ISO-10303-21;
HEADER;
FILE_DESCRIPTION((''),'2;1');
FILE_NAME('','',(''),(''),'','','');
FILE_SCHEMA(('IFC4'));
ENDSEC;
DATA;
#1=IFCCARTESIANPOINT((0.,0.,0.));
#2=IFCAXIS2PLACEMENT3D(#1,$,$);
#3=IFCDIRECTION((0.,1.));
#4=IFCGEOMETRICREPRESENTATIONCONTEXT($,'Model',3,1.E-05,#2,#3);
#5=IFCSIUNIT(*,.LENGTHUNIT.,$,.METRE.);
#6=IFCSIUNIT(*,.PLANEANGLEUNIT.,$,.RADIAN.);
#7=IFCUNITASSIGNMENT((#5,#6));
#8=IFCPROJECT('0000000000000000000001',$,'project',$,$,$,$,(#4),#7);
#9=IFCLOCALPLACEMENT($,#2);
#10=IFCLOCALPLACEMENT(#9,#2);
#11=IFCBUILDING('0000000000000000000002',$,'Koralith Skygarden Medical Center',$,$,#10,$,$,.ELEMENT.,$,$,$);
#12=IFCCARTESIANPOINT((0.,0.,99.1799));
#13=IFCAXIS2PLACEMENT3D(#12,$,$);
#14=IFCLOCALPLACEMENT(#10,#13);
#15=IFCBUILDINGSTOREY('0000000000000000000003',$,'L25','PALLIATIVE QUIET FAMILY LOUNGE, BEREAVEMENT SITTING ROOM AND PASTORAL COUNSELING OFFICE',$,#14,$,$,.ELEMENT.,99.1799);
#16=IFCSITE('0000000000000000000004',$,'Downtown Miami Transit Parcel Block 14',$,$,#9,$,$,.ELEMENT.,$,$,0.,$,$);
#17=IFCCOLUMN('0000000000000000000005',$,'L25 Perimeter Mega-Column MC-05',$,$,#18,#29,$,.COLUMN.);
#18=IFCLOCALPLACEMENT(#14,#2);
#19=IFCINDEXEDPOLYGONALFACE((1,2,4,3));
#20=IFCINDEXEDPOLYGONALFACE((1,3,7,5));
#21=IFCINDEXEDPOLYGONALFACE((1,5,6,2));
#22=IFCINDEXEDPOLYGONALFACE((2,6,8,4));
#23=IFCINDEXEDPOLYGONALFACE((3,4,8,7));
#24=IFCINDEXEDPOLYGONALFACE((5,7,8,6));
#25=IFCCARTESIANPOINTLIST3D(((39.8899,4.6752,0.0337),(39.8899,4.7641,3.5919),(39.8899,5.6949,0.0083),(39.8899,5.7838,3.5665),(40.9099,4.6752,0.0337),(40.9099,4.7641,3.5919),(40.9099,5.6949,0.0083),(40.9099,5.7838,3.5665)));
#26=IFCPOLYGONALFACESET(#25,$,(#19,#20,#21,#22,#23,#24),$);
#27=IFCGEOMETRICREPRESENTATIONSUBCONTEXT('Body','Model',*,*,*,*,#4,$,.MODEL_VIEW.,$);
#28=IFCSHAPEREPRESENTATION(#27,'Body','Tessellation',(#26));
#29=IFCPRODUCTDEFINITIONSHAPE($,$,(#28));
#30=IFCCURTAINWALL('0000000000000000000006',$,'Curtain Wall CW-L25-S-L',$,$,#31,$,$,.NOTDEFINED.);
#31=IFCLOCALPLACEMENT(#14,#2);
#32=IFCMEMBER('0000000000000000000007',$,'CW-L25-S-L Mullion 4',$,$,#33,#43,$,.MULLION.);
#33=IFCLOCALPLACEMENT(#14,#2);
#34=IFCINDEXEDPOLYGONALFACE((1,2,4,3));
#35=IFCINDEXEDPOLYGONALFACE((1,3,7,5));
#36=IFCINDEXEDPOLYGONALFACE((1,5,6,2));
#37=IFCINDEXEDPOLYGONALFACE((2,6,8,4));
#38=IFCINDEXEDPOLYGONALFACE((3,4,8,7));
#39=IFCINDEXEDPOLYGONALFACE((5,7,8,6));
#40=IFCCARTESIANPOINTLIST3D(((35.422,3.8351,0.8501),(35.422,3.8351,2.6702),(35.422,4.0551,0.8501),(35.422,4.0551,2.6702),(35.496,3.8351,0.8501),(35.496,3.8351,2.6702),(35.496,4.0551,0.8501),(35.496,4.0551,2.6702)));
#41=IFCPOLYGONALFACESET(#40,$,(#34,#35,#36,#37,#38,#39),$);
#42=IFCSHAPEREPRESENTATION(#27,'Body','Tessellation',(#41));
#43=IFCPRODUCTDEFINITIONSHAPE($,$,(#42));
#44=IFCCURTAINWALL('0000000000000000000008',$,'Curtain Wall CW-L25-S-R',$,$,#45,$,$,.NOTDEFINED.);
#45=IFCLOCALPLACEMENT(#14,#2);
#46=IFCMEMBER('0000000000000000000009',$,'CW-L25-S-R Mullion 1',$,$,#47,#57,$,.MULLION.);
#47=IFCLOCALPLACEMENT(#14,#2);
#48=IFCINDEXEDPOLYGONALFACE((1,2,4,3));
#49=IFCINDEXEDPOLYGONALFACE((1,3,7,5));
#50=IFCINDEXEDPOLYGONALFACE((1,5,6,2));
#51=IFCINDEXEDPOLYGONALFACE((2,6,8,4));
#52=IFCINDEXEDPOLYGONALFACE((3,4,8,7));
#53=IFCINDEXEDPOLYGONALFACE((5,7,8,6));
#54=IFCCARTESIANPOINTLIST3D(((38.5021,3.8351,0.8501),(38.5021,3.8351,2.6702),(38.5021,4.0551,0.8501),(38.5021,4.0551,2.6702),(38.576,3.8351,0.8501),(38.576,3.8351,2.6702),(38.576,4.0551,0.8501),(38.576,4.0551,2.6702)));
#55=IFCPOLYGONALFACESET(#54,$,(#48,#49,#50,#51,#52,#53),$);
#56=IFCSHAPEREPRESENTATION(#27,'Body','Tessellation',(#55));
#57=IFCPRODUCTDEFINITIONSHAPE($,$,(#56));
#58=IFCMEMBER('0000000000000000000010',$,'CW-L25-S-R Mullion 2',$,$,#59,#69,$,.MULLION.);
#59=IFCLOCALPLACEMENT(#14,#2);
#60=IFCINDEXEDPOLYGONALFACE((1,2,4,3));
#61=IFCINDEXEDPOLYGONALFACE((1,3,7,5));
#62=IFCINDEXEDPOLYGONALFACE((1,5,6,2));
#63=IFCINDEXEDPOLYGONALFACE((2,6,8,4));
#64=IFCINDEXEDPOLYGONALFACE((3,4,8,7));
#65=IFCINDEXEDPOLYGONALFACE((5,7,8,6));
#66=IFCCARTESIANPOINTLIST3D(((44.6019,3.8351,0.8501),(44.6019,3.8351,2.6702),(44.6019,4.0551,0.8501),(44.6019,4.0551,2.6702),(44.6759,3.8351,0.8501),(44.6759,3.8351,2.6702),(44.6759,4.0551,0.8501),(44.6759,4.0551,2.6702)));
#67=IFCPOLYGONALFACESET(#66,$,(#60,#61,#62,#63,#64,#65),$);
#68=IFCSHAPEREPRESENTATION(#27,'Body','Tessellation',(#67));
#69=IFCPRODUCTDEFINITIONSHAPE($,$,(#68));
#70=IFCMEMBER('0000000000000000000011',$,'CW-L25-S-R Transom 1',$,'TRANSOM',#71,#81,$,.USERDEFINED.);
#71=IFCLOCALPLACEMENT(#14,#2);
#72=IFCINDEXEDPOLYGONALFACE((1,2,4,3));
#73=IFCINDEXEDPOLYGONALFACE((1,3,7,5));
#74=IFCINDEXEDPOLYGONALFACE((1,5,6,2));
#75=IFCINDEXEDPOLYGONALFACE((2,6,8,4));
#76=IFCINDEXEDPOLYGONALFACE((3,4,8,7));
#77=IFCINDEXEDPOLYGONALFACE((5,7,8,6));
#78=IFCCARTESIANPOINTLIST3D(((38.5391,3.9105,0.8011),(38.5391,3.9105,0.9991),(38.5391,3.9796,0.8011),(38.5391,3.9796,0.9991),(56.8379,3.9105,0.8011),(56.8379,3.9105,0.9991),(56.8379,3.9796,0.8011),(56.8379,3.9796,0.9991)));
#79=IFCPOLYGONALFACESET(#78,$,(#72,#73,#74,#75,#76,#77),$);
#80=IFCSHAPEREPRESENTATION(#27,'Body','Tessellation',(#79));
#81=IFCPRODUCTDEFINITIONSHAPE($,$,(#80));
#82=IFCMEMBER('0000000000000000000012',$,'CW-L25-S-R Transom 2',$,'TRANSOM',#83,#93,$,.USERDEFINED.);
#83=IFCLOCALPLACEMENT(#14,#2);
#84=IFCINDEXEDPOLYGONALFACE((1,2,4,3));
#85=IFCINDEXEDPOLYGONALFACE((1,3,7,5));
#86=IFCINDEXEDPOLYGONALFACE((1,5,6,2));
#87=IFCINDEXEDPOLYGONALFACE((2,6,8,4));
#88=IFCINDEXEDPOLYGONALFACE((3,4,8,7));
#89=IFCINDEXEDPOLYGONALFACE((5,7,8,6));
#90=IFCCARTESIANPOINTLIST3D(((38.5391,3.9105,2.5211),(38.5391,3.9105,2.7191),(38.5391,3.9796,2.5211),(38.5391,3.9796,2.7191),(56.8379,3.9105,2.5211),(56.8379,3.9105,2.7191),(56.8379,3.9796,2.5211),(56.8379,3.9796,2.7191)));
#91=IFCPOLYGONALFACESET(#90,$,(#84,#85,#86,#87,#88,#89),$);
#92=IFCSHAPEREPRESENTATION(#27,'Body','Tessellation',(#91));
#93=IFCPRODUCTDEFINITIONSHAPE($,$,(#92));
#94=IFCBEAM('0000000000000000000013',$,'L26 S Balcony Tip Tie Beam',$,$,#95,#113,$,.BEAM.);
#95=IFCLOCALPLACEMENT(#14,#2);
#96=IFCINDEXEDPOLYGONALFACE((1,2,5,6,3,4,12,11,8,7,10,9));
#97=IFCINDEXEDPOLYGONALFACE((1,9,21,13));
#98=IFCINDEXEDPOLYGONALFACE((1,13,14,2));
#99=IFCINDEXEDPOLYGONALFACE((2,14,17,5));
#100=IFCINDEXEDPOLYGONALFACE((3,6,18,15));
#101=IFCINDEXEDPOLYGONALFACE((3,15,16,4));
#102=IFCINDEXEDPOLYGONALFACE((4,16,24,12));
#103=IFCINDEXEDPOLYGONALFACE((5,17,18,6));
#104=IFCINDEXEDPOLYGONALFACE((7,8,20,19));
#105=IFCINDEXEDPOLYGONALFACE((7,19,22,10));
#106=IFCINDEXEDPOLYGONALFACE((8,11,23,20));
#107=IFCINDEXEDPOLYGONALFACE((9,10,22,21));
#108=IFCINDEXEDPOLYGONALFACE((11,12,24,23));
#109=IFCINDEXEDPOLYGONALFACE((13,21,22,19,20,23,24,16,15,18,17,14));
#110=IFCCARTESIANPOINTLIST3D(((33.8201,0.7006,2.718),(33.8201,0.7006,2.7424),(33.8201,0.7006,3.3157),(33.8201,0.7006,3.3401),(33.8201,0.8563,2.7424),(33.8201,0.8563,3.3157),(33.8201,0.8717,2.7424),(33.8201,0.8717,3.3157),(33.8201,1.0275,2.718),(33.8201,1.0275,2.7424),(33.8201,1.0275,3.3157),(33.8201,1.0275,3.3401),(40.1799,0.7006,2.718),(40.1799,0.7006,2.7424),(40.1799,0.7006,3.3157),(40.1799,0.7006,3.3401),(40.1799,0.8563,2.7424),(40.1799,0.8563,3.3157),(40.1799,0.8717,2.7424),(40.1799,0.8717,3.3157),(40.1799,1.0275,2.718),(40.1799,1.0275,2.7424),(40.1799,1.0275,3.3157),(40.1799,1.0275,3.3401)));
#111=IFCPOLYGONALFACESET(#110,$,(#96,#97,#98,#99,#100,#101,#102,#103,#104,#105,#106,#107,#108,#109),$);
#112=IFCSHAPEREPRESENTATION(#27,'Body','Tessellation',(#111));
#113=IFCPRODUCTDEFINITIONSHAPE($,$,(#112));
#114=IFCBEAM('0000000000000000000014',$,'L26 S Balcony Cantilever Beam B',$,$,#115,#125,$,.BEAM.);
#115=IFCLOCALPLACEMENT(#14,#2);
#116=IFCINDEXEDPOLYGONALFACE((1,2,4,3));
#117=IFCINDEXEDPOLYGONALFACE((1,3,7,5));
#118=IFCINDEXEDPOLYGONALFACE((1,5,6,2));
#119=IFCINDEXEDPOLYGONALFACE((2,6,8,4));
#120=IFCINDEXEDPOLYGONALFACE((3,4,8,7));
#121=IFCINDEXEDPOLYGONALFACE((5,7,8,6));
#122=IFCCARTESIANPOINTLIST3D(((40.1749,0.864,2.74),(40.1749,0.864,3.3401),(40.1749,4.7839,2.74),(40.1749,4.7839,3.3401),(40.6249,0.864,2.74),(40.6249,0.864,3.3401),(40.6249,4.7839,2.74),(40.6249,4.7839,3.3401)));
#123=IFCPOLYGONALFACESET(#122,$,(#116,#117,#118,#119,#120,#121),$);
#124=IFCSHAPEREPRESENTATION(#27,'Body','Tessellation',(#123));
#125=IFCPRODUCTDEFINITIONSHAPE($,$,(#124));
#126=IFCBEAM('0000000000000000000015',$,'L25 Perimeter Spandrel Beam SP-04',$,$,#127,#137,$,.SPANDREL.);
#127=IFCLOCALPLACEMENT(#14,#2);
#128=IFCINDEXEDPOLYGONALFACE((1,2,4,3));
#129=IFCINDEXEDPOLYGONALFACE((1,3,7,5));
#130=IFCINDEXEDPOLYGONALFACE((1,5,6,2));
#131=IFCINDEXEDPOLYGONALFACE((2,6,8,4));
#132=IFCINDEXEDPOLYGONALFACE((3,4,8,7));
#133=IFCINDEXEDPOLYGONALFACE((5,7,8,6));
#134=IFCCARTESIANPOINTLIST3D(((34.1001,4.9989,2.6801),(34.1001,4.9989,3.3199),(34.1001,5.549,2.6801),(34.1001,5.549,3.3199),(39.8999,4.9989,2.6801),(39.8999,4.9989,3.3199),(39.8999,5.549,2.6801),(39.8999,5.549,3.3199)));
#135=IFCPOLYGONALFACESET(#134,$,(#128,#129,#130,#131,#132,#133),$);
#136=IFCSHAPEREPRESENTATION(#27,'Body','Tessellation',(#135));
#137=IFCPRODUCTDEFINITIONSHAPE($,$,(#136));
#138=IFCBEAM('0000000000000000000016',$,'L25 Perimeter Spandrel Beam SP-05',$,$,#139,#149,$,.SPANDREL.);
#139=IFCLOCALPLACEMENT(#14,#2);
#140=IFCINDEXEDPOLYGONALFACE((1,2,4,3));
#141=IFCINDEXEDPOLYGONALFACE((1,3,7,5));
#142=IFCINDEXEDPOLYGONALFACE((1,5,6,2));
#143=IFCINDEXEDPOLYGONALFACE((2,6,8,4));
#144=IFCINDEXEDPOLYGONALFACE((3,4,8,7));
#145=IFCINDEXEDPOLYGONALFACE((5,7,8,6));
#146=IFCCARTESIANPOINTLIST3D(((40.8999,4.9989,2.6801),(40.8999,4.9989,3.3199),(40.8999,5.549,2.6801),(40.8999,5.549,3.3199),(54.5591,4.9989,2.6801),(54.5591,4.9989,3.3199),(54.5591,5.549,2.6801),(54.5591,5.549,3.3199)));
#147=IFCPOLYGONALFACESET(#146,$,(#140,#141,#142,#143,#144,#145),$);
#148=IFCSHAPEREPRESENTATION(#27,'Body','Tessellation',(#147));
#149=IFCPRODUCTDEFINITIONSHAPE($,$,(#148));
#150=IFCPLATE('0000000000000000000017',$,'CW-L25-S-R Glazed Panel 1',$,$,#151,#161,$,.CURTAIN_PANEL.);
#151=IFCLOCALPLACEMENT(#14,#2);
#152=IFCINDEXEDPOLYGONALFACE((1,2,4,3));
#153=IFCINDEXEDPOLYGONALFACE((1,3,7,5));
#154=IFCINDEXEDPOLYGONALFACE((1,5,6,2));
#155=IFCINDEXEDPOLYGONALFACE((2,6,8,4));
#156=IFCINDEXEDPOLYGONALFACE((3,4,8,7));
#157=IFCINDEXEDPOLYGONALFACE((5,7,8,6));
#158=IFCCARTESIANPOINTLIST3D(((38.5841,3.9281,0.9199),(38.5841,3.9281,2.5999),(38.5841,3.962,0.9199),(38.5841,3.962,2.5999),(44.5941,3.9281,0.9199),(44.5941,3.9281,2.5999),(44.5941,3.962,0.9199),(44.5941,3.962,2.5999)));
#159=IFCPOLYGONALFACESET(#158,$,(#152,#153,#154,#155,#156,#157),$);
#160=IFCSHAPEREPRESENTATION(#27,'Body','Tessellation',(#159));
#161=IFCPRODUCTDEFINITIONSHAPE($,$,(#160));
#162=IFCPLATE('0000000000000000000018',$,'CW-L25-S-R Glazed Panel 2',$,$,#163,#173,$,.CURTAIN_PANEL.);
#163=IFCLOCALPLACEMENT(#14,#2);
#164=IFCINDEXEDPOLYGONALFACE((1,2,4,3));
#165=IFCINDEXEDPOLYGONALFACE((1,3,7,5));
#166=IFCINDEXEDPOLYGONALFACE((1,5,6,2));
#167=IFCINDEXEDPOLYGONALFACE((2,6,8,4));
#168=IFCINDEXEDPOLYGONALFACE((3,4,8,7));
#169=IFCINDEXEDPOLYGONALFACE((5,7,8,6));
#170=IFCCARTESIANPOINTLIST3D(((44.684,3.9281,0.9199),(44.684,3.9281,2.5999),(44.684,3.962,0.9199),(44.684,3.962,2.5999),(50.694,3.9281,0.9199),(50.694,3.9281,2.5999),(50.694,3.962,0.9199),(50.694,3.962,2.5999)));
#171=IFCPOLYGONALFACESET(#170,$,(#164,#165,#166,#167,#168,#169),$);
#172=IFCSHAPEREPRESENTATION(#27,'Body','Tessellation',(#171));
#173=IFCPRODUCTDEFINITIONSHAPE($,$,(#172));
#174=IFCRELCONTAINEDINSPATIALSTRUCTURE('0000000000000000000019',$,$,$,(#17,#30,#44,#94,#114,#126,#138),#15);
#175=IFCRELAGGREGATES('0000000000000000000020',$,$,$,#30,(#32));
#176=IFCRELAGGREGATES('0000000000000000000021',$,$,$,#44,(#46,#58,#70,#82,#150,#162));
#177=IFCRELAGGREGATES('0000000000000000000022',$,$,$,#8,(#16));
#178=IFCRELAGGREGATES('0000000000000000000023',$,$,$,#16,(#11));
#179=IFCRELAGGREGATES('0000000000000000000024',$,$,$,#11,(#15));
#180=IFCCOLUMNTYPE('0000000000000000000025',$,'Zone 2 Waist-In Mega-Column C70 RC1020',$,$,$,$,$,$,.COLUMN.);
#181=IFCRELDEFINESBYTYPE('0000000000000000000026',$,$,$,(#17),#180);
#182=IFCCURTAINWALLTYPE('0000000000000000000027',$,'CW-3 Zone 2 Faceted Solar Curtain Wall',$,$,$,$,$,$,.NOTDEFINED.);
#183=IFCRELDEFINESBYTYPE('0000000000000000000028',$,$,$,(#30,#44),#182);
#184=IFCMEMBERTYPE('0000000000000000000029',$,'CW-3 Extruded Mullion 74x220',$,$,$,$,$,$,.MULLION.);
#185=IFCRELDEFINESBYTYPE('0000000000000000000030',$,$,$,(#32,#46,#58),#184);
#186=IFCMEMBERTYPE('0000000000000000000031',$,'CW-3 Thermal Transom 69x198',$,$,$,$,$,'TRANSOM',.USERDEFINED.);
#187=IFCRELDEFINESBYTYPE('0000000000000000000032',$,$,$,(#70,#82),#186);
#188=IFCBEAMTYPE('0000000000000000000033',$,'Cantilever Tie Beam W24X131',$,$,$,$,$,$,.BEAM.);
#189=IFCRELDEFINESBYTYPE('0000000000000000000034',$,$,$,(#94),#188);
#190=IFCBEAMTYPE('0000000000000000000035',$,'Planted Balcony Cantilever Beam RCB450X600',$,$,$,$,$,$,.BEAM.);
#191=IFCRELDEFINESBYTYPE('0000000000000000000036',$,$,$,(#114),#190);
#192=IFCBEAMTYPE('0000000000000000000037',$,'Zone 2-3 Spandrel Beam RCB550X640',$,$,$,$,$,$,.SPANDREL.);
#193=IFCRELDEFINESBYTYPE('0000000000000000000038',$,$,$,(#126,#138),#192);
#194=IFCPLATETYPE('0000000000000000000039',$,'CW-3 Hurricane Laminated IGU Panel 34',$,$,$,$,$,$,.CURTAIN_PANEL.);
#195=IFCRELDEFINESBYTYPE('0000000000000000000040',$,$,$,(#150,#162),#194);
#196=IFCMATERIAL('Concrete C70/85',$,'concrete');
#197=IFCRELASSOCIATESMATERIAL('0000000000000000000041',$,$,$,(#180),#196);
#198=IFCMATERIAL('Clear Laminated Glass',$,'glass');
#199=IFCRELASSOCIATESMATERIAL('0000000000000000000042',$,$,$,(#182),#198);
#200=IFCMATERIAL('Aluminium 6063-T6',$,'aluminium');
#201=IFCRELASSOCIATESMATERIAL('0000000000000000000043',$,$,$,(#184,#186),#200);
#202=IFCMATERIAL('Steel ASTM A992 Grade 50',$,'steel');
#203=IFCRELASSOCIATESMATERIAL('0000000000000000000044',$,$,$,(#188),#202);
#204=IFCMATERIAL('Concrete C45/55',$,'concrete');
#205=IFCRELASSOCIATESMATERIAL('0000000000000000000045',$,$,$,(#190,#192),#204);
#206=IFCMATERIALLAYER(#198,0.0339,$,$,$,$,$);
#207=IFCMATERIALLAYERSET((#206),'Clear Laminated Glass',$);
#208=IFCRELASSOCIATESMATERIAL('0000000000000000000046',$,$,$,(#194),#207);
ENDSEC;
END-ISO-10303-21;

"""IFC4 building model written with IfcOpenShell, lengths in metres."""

from ifc_helpers import new_model, si_unit, direction, frame, origin, origin_2d, place, context, subcontext, project, spatial, rectangle, i_section, extrude, material, layer, layer_set, material_profile, profile_set, type_object, element, aggregate, save


model = new_model("IFC4")

# Units and contexts
model_context = context("Model", 3, precision=1e-05, world=origin(), true_north=direction((0.0, 1.0)))
body_context = subcontext(model_context, "Body", "Model", "MODEL_VIEW")
ifc_project = project(units=[si_unit("LENGTHUNIT", "METRE"), si_unit("PLANEANGLEUNIT", "RADIAN")], contexts=[model_context])

# Site, building, storey
site_placement = place(None, origin())
site = spatial("IfcSite", under=ifc_project, at=site_placement, Name="Downtown Miami Transit Parcel Block 14", CompositionType="ELEMENT", RefElevation=0.0)
building_placement = place(site_placement, origin())
building = spatial("IfcBuilding", under=site, at=building_placement, Name="Koralith Skygarden Medical Center", CompositionType="ELEMENT")
storey_placement = place(building_placement, frame((0.0, 0.0, 99.1799)))
storey = spatial("IfcBuildingStorey", under=building, at=storey_placement, Name="L25", Description="PALLIATIVE QUIET FAMILY LOUNGE, BEREAVEMENT SITTING ROOM AND PASTORAL COUNSELING OFFICE", CompositionType="ELEMENT", Elevation=99.1799)

# Column
ifc_material_1 = material(Name="Concrete C70/85", Category="concrete")
ifc_material_profile_1 = material_profile(ifc_material_1, rectangle(XDim=1.02, YDim=1.02, at=origin_2d()), Name="RC1020X1020")
ifc_profile_set_1 = profile_set([ifc_material_profile_1], Name="Concrete C70/85")
column_type = type_object("IfcColumnType", Name="Zone 2 Waist-In Mega-Column C70 RC1020", PredefinedType="COLUMN", material=ifc_profile_set_1)
column_placement = place(storey_placement, frame((40.3999, 5.1851, 0.021), z_axis=(0.0, 0.024968, 0.999688), x_axis=(-1.0, 0.0, 0.0)))
element("IfcColumn", 1, at=column_placement, inside=storey, type_object=column_type, Name="L25 Perimeter Mega-Column MC-05", PredefinedType="COLUMN", context=body_context, shape_type="SweptSolid", body=[
    extrude(rectangle(XDim=1.02, YDim=1.02, at=origin_2d()), origin(), (0.0, 0.0, 1.0), 3.5593),
])

# Curtain wall, member
ifc_material_2 = material(Name="Clear Laminated Glass", Category="glass")
curtain_wall_type = type_object("IfcCurtainWallType", Name="CW-3 Zone 2 Faceted Solar Curtain Wall", PredefinedType="NOTDEFINED", material=ifc_material_2)
curtain_wall_1_placement = place(storey_placement, origin())
curtain_wall_1 = element("IfcCurtainWall", 2, at=curtain_wall_1_placement, inside=storey, type_object=curtain_wall_type, Name="Curtain Wall CW-L25-S-L", PredefinedType="NOTDEFINED")
ifc_material_3 = material(Name="Aluminium 6063-T6", Category="aluminium")
ifc_material_profile_2 = material_profile(ifc_material_3, rectangle(XDim=0.074, YDim=0.22, at=origin_2d()), Name="MUL74X220")
ifc_profile_set_2 = profile_set([ifc_material_profile_2], Name="Aluminium 6063-T6")
member_type_1 = type_object("IfcMemberType", Name="CW-3 Extruded Mullion 74x220", PredefinedType="MULLION", material=ifc_profile_set_2)
member_1_placement = place(storey_placement, frame((35.459, 3.9451, 0.8501), z_axis=(0.0, 0.0, 1.0), x_axis=(1.0, 0.0, 0.0)))
member_1 = element("IfcMember", 3, at=member_1_placement, type_object=member_type_1, Name="CW-L25-S-L Mullion 4", PredefinedType="MULLION", context=body_context, shape_type="SweptSolid", body=[
    extrude(rectangle(XDim=0.074, YDim=0.22, at=origin_2d()), origin(), (0.0, 0.0, 1.0), 1.8201),
])
aggregate(curtain_wall_1, [member_1])

# Curtain wall, members
curtain_wall_2_placement = place(storey_placement, origin())
curtain_wall_2 = element("IfcCurtainWall", 4, at=curtain_wall_2_placement, inside=storey, type_object=curtain_wall_type, Name="Curtain Wall CW-L25-S-R", PredefinedType="NOTDEFINED")
member_2_placement = place(storey_placement, frame((38.5391, 3.9451, 0.8501), z_axis=(0.0, 0.0, 1.0), x_axis=(1.0, 0.0, 0.0)))
member_2 = element("IfcMember", 5, at=member_2_placement, type_object=member_type_1, Name="CW-L25-S-R Mullion 1", PredefinedType="MULLION", context=body_context, shape_type="SweptSolid", body=[
    extrude(rectangle(XDim=0.074, YDim=0.22, at=origin_2d()), origin(), (0.0, 0.0, 1.0), 1.8201),
])
member_3_placement = place(storey_placement, frame((44.6389, 3.9451, 0.8501), z_axis=(0.0, 0.0, 1.0), x_axis=(1.0, 0.0, 0.0)))
member_3 = element("IfcMember", 6, at=member_3_placement, type_object=member_type_1, Name="CW-L25-S-R Mullion 2", PredefinedType="MULLION", context=body_context, shape_type="SweptSolid", body=[
    extrude(rectangle(XDim=0.074, YDim=0.22, at=origin_2d()), origin(), (0.0, 0.0, 1.0), 1.8201),
])
ifc_material_profile_3 = material_profile(ifc_material_3, rectangle(XDim=0.0691, YDim=0.198, at=origin_2d()), Name="TRN69X198")
ifc_profile_set_3 = profile_set([ifc_material_profile_3], Name="Aluminium 6063-T6")
member_type_2 = type_object("IfcMemberType", Name="CW-3 Thermal Transom 69x198", ElementType="TRANSOM", PredefinedType="USERDEFINED", material=ifc_profile_set_3)
member_4_placement = place(storey_placement, frame((38.5391, 3.9451, 0.9001), z_axis=(1.0, 0.0, 0.0), x_axis=(0.0, 1.0, 0.0)))
member_4 = element("IfcMember", 7, at=member_4_placement, type_object=member_type_2, Name="CW-L25-S-R Transom 1", ObjectType="TRANSOM", PredefinedType="USERDEFINED", context=body_context, shape_type="SweptSolid", body=[
    extrude(rectangle(XDim=0.0691, YDim=0.198, at=origin_2d()), origin(), (0.0, 0.0, 1.0), 18.2988),
])
member_5_placement = place(storey_placement, frame((38.5391, 3.9451, 2.6201), z_axis=(1.0, 0.0, 0.0), x_axis=(0.0, 1.0, 0.0)))
member_5 = element("IfcMember", 8, at=member_5_placement, type_object=member_type_2, Name="CW-L25-S-R Transom 2", ObjectType="TRANSOM", PredefinedType="USERDEFINED", context=body_context, shape_type="SweptSolid", body=[
    extrude(rectangle(XDim=0.0691, YDim=0.198, at=origin_2d()), origin(), (0.0, 0.0, 1.0), 18.2988),
])

# Beams
ifc_material_4 = material(Name="Steel ASTM A992 Grade 50", Category="steel")
ifc_material_profile_4 = material_profile(ifc_material_4, i_section(OverallWidth=0.3269, OverallDepth=0.6221, WebThickness=0.0154, FlangeThickness=0.0244, at=origin_2d()), Name="W24X131")
ifc_profile_set_4 = profile_set([ifc_material_profile_4], Name="Steel ASTM A992 Grade 50")
beam_type_1 = type_object("IfcBeamType", Name="Cantilever Tie Beam W24X131", PredefinedType="BEAM", material=ifc_profile_set_4)
beam_1_placement = place(storey_placement, frame((33.8201, 0.864, 3.0291), z_axis=(1.0, 0.0, 0.0), x_axis=(0.0, 1.0, 0.0)))
element("IfcBeam", 9, at=beam_1_placement, inside=storey, type_object=beam_type_1, Name="L26 S Balcony Tip Tie Beam", PredefinedType="BEAM", context=body_context, shape_type="SweptSolid", body=[
    extrude(i_section(OverallWidth=0.3269, OverallDepth=0.6221, WebThickness=0.0154, FlangeThickness=0.0244, at=origin_2d()), origin(), (0.0, 0.0, 1.0), 6.3599),
])
ifc_material_5 = material(Name="Concrete C45/55", Category="concrete")
ifc_material_profile_5 = material_profile(ifc_material_5, rectangle(XDim=0.45, YDim=0.6001, at=origin_2d()), Name="RCB450X600")
ifc_profile_set_5 = profile_set([ifc_material_profile_5], Name="Concrete C45/55")
beam_type_2 = type_object("IfcBeamType", Name="Planted Balcony Cantilever Beam RCB450X600", PredefinedType="BEAM", material=ifc_profile_set_5)
beam_2_placement = place(storey_placement, frame((40.3999, 4.7839, 3.04), z_axis=(0.0, -1.0, 0.0), x_axis=(1.0, 0.0, 0.0)))
element("IfcBeam", 10, at=beam_2_placement, inside=storey, type_object=beam_type_2, Name="L26 S Balcony Cantilever Beam B", PredefinedType="BEAM", context=body_context, shape_type="SweptSolid", body=[
    extrude(rectangle(XDim=0.45, YDim=0.6001, at=origin_2d()), origin(), (0.0, 0.0, 1.0), 3.9199),
])
ifc_material_profile_6 = material_profile(ifc_material_5, rectangle(XDim=0.55, YDim=0.6399, at=origin_2d()), Name="RCB550X640")
ifc_profile_set_6 = profile_set([ifc_material_profile_6], Name="Concrete C45/55")
beam_type_3 = type_object("IfcBeamType", Name="Zone 2-3 Spandrel Beam RCB550X640", PredefinedType="SPANDREL", material=ifc_profile_set_6)
beam_3_placement = place(storey_placement, frame((34.1001, 5.2739, 3.0), z_axis=(1.0, 0.0, 0.0), x_axis=(0.0, 1.0, 0.0)))
element("IfcBeam", 11, at=beam_3_placement, inside=storey, type_object=beam_type_3, Name="L25 Perimeter Spandrel Beam SP-04", PredefinedType="SPANDREL", context=body_context, shape_type="SweptSolid", body=[
    extrude(rectangle(XDim=0.55, YDim=0.6399, at=origin_2d()), origin(), (0.0, 0.0, 1.0), 5.7998),
])
beam_4_placement = place(storey_placement, frame((40.8999, 5.2739, 3.0), z_axis=(1.0, 0.0, 0.0), x_axis=(0.0, 1.0, 0.0)))
element("IfcBeam", 12, at=beam_4_placement, inside=storey, type_object=beam_type_3, Name="L25 Perimeter Spandrel Beam SP-05", PredefinedType="SPANDREL", context=body_context, shape_type="SweptSolid", body=[
    extrude(rectangle(XDim=0.55, YDim=0.6399, at=origin_2d()), origin(), (0.0, 0.0, 1.0), 13.6592),
])

# Plates
ifc_layer_1 = layer(ifc_material_2, 0.0339)
ifc_layer_set_1 = layer_set([ifc_layer_1], Name="Clear Laminated Glass")
plate_type = type_object("IfcPlateType", Name="CW-3 Hurricane Laminated IGU Panel 34", PredefinedType="CURTAIN_PANEL", material=ifc_layer_set_1)
plate_1_placement = place(storey_placement, frame((41.5891, 3.9451, 0.9199), z_axis=(0.0, 0.0, 1.0), x_axis=(1.0, 0.0, 0.0)))
plate_1 = element("IfcPlate", 13, at=plate_1_placement, type_object=plate_type, Name="CW-L25-S-R Glazed Panel 1", PredefinedType="CURTAIN_PANEL", context=body_context, shape_type="SweptSolid", body=[
    extrude(rectangle(XDim=6.01, YDim=0.0339, at=origin_2d()), origin(), (0.0, 0.0, 1.0), 1.6799),
])
plate_2_placement = place(storey_placement, frame((47.689, 3.9451, 0.9199), z_axis=(0.0, 0.0, 1.0), x_axis=(1.0, 0.0, 0.0)))
plate_2 = element("IfcPlate", 14, at=plate_2_placement, type_object=plate_type, Name="CW-L25-S-R Glazed Panel 2", PredefinedType="CURTAIN_PANEL", context=body_context, shape_type="SweptSolid", body=[
    extrude(rectangle(XDim=6.01, YDim=0.0339, at=origin_2d()), origin(), (0.0, 0.0, 1.0), 1.6799),
])
aggregate(curtain_wall_2, [member_2, member_3, member_4, member_5, plate_1, plate_2])

save(model, "model.ifc")
